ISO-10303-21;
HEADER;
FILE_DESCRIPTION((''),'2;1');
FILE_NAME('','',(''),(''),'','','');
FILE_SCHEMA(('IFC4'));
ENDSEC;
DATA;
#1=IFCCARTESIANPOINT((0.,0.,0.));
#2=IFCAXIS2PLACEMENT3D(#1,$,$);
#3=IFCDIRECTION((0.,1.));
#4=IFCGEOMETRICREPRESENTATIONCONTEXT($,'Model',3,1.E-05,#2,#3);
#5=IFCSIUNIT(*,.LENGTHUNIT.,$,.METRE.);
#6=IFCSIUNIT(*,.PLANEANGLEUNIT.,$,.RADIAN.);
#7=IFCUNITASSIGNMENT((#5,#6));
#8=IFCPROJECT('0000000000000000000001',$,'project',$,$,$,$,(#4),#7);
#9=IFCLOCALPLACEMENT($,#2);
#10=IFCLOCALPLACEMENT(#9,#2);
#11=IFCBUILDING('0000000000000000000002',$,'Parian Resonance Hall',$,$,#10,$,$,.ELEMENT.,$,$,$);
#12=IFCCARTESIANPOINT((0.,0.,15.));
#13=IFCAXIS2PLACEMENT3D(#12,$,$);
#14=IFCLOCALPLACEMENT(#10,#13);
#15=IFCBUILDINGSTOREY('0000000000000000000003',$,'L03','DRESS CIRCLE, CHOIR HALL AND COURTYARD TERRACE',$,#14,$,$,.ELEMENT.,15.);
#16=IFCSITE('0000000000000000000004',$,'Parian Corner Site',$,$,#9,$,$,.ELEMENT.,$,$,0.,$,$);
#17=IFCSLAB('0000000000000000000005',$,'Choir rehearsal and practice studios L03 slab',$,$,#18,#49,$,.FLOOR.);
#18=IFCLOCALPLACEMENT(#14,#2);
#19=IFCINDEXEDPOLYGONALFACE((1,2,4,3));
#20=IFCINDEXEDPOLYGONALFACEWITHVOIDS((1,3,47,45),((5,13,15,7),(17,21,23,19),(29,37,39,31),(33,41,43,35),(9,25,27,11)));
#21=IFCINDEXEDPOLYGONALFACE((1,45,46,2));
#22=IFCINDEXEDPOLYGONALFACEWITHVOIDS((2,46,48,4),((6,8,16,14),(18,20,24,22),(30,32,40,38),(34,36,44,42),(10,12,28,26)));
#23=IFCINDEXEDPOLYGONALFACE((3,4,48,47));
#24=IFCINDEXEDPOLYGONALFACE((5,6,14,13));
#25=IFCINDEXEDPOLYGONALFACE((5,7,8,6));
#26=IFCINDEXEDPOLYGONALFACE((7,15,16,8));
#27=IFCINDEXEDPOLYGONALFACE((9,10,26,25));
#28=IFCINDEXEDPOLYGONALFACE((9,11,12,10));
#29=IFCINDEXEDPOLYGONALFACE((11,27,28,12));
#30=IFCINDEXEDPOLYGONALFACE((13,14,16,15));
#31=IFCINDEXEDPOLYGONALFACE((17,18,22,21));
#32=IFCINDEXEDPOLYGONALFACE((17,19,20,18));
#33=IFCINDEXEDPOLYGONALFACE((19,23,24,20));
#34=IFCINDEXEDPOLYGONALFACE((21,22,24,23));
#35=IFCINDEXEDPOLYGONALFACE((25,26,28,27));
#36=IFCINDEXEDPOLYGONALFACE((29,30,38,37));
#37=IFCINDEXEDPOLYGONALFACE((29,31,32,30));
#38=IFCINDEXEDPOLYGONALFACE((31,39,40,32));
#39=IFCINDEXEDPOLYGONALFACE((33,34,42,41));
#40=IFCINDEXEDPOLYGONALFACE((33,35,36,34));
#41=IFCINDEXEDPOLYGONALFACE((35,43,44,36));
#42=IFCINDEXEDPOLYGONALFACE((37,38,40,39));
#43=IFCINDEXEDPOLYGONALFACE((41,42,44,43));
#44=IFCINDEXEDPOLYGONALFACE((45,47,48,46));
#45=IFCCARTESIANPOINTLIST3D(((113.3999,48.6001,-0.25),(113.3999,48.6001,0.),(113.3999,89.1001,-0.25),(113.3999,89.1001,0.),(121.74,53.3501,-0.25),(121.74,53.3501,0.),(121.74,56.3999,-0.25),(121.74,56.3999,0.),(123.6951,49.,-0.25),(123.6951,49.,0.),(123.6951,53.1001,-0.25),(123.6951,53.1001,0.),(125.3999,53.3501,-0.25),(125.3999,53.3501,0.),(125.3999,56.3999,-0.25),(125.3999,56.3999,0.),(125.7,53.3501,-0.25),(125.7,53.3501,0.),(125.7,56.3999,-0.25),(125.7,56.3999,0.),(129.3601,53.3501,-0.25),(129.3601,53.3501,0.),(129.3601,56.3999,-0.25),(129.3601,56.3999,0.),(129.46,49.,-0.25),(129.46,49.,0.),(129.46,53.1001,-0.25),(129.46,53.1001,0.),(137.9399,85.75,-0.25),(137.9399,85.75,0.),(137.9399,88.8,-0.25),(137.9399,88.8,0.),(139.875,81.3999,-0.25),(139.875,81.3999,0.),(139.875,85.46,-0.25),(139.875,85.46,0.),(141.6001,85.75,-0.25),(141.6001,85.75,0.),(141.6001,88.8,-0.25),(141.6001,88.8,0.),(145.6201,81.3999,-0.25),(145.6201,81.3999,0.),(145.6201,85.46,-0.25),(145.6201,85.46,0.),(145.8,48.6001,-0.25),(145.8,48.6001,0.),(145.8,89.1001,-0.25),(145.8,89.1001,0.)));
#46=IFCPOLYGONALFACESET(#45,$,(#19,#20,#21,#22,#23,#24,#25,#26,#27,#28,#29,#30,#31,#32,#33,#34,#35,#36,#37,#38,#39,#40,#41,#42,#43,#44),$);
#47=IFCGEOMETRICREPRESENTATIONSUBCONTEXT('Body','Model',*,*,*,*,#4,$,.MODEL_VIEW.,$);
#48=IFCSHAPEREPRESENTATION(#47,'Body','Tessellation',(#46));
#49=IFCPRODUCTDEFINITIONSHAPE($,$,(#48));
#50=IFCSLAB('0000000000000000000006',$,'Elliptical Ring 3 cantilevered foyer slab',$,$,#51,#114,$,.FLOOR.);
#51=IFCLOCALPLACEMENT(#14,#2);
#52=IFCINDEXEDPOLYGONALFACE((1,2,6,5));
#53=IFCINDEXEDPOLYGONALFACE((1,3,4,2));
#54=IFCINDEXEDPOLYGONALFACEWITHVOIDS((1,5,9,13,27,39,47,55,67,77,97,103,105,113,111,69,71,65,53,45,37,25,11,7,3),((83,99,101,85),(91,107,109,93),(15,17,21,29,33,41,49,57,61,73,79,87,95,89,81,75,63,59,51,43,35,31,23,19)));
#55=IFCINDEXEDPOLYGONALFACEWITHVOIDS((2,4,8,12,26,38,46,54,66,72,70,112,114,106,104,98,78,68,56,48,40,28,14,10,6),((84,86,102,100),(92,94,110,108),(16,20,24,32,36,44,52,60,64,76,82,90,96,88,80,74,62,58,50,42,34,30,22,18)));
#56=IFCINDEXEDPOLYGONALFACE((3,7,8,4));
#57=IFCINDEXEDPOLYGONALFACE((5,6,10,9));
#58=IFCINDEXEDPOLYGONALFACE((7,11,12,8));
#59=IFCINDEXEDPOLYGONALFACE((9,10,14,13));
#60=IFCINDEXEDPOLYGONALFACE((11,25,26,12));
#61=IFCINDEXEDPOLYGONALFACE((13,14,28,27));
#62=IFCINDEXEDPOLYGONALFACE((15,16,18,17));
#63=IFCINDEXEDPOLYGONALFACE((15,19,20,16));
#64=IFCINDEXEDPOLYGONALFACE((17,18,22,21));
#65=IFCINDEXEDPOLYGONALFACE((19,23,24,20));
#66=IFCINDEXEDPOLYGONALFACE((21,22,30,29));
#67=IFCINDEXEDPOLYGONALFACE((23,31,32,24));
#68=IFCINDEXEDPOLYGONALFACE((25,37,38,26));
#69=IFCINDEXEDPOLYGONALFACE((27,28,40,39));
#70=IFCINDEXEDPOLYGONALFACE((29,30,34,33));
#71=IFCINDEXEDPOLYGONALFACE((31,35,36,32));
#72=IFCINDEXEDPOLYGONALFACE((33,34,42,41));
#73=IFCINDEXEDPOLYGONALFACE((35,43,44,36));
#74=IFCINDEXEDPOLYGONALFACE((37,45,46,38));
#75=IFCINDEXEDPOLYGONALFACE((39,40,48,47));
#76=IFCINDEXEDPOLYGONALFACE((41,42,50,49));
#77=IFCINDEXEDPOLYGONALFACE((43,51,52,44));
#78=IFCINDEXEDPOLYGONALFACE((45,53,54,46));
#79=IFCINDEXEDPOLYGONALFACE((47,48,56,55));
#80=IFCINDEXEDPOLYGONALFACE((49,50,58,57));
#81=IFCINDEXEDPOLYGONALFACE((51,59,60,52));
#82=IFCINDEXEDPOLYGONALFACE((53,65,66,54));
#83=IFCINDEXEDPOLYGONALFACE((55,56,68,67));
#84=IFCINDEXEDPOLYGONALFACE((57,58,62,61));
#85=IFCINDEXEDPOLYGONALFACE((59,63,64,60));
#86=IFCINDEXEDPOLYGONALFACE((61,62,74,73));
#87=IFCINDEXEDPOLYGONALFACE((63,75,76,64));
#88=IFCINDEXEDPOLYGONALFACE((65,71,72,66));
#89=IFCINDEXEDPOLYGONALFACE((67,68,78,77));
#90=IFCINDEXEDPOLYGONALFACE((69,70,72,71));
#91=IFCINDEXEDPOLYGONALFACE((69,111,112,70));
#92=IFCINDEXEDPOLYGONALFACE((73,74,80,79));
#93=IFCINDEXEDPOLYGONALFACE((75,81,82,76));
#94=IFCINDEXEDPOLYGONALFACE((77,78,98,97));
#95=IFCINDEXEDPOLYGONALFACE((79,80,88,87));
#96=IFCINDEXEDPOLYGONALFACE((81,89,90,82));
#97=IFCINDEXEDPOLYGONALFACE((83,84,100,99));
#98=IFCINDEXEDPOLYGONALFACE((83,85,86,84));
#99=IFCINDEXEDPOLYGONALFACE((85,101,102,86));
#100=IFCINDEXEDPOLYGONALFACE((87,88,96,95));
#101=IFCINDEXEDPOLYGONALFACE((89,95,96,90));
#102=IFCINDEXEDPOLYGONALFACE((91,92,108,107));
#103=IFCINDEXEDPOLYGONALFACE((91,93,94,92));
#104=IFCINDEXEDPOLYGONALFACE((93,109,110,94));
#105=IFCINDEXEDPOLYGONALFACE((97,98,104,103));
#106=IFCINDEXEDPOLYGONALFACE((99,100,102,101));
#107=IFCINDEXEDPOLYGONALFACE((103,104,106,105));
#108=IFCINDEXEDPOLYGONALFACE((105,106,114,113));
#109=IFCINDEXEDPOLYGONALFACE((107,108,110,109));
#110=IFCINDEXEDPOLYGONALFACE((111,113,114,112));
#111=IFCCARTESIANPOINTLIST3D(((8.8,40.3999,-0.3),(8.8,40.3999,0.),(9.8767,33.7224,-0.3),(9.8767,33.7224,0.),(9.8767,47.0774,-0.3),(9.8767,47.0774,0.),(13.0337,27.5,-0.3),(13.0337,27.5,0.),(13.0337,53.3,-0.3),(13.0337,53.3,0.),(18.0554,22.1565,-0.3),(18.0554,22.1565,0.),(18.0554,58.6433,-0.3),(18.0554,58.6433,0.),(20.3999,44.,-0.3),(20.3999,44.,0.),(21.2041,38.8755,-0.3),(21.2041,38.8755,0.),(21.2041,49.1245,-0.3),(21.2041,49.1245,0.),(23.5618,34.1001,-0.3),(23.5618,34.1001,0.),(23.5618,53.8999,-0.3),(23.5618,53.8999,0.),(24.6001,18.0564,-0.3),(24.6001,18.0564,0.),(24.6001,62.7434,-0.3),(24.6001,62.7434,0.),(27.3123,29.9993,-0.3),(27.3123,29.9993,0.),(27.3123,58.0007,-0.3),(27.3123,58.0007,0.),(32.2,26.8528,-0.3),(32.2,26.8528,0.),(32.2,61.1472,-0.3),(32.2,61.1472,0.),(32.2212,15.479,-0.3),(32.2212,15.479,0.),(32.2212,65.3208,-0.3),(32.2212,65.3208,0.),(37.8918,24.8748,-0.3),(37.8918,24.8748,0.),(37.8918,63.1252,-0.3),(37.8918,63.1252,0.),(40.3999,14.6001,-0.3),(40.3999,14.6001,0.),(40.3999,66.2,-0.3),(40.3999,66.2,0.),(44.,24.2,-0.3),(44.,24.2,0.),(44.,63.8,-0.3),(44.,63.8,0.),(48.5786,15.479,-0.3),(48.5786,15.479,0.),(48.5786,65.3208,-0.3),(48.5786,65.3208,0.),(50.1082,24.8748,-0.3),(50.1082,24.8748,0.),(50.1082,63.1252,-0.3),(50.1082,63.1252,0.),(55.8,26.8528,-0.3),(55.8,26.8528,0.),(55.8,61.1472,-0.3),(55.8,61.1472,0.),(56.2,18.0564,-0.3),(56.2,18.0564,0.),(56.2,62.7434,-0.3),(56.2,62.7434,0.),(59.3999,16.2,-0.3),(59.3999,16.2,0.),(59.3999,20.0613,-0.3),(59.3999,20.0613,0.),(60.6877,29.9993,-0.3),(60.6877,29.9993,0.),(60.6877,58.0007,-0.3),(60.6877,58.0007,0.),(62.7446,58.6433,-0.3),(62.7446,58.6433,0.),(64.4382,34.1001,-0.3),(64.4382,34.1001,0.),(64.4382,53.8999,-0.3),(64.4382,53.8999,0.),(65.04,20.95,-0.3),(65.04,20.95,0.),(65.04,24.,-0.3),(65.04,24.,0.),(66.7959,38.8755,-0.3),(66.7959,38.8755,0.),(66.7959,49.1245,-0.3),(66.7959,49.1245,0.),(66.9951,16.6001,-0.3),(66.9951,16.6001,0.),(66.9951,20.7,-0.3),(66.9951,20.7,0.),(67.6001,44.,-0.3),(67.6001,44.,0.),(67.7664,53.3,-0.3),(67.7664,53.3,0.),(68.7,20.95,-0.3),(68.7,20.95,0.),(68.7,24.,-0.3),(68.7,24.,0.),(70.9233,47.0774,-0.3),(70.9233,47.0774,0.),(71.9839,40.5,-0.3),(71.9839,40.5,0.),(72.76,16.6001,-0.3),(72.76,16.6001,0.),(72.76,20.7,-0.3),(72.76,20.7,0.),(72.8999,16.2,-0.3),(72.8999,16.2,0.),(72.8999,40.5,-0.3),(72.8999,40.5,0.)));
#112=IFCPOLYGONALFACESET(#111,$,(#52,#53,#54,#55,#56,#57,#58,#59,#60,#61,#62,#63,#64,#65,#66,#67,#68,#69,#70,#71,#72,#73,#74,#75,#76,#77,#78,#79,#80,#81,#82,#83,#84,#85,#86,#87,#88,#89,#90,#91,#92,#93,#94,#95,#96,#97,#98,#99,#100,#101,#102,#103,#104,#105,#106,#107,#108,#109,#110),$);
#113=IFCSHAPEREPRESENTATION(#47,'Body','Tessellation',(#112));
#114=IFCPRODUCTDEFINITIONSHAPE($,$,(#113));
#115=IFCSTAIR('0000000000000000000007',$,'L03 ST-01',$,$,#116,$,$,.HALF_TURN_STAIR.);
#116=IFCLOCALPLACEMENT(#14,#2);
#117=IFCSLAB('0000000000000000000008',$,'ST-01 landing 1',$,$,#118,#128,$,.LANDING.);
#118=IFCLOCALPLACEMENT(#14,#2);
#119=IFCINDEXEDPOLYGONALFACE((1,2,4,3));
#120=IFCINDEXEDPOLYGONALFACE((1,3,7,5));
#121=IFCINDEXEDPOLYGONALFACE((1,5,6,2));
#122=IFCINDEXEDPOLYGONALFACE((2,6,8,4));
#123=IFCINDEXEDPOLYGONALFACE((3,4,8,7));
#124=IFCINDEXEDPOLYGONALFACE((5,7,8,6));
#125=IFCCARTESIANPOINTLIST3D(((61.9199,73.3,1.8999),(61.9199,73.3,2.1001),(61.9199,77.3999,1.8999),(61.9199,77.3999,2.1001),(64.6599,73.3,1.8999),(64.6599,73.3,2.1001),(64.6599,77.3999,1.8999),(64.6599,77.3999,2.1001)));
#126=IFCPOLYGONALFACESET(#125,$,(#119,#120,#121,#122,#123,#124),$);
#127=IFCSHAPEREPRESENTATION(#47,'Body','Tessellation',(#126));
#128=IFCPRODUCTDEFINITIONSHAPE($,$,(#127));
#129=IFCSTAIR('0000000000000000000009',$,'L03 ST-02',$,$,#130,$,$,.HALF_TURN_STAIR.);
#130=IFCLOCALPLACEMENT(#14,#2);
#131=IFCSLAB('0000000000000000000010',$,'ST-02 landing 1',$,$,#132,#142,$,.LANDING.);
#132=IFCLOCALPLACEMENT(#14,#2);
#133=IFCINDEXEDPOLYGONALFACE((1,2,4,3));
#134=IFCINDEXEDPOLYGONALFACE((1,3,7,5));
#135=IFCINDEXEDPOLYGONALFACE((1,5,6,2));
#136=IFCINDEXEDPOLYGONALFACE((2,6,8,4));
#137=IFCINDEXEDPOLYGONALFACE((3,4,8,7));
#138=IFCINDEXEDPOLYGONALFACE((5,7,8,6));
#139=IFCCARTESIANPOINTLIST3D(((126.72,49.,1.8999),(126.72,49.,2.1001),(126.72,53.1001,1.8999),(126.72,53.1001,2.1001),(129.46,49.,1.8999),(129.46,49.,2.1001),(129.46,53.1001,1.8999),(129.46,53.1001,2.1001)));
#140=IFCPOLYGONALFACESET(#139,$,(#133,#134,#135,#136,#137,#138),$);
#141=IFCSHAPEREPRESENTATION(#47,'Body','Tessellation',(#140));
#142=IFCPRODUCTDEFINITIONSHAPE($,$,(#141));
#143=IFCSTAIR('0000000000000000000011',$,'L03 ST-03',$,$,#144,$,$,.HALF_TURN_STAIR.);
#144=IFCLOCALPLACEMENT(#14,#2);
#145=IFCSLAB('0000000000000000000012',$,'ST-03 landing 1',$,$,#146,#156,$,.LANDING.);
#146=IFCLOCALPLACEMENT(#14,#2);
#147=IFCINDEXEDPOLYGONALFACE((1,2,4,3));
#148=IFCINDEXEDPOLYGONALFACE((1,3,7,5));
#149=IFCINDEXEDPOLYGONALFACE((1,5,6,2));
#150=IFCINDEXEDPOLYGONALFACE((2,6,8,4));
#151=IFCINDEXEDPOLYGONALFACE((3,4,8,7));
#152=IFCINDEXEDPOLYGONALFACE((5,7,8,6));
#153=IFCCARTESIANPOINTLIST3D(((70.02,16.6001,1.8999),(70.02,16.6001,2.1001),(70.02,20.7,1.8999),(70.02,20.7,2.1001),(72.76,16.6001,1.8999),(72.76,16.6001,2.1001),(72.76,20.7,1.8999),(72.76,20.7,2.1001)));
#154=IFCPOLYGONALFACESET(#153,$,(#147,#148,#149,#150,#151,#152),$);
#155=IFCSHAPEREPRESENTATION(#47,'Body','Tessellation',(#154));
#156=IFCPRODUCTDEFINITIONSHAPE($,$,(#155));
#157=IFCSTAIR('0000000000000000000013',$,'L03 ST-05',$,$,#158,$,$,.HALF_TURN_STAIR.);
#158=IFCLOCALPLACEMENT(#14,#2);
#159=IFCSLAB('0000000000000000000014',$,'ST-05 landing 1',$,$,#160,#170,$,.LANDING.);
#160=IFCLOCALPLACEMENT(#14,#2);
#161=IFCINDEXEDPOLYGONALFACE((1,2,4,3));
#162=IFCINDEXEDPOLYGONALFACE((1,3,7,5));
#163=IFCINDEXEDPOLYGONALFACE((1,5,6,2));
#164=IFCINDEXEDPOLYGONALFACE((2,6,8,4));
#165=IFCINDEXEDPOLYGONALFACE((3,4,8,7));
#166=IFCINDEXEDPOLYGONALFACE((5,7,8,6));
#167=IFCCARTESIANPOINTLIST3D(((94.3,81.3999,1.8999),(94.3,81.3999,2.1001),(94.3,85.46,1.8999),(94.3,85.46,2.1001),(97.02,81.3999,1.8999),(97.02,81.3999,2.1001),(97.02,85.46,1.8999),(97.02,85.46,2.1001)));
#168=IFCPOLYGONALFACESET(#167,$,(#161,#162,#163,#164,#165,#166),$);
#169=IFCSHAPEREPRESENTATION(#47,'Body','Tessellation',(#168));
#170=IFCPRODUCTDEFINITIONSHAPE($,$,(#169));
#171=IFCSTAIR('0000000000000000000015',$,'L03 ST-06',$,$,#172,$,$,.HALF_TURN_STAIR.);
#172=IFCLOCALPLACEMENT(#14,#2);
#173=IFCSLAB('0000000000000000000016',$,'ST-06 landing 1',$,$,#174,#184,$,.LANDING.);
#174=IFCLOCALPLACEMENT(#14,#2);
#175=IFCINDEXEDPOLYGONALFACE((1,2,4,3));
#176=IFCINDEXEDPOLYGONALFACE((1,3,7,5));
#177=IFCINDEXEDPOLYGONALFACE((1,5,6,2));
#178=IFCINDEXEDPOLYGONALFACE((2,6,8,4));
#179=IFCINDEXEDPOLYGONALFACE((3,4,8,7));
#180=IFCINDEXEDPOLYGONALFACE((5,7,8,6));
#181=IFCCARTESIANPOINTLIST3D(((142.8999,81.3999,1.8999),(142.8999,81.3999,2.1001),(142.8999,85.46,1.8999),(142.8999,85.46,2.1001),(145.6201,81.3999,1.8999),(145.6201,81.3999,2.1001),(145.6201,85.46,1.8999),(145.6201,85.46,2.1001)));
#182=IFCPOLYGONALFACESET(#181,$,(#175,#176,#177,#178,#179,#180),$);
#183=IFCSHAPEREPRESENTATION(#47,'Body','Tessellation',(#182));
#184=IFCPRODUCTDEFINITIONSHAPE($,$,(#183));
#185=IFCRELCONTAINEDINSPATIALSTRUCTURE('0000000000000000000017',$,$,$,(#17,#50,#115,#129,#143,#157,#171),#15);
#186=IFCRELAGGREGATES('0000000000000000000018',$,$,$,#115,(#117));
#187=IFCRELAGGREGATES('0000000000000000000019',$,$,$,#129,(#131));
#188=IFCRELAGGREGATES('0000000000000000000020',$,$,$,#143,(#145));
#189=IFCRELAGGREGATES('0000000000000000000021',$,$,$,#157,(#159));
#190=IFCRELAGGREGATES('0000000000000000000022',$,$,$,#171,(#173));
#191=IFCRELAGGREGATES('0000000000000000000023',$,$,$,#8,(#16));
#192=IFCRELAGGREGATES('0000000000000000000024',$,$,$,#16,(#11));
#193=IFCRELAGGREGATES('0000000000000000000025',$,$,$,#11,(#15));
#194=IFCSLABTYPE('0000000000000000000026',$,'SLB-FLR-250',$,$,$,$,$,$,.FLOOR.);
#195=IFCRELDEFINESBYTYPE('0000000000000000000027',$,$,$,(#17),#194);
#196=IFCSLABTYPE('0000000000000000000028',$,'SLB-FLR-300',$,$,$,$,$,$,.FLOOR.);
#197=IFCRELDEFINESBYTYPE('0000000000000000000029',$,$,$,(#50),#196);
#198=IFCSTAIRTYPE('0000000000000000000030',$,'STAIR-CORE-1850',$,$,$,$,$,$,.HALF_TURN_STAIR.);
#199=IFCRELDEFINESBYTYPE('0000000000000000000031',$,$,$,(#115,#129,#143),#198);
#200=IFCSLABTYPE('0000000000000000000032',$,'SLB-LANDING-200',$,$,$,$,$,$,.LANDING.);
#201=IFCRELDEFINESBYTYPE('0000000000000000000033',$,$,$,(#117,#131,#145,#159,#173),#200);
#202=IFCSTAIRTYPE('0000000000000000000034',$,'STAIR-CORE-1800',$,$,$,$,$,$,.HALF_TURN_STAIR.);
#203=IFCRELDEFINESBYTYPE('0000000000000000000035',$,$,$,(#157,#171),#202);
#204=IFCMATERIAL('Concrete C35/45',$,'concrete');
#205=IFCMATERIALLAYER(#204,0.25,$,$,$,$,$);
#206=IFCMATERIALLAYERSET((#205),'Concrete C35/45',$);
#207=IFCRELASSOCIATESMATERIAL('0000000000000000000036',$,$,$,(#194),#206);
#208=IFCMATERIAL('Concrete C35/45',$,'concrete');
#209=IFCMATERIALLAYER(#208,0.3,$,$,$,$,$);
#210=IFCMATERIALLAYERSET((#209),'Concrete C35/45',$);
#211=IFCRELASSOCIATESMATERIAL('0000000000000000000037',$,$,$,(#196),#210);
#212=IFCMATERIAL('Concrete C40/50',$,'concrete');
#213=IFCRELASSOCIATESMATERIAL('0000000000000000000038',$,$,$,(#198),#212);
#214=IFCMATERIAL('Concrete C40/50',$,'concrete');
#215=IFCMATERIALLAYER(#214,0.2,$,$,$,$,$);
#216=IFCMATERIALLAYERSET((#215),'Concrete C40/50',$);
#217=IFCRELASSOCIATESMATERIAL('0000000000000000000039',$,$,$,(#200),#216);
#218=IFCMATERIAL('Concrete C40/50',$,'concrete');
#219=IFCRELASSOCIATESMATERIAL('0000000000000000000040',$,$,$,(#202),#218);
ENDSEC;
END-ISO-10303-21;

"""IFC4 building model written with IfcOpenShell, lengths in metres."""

from ifc_helpers import new_model, si_unit, direction, frame, origin, place, context, subcontext, project, spatial, polyline, outline, extrude, material, layer, layer_set, type_object, element, aggregate, save


model = new_model("IFC4")

# Units and contexts
model_context = context("Model", 3, precision=1e-05, world=origin(), true_north=direction((0.0, 1.0)))
body_context = subcontext(model_context, "Body", "Model", "MODEL_VIEW")
ifc_project = project(units=[si_unit("LENGTHUNIT", "METRE"), si_unit("PLANEANGLEUNIT", "RADIAN")], contexts=[model_context])

# Site, building, storey
site_placement = place(None, origin())
site = spatial("IfcSite", under=ifc_project, at=site_placement, Name="Parian Corner Site", CompositionType="ELEMENT", RefElevation=0.0)
building_placement = place(site_placement, origin())
building = spatial("IfcBuilding", under=site, at=building_placement, Name="Parian Resonance Hall", CompositionType="ELEMENT")
storey_placement = place(building_placement, frame((0.0, 0.0, 15.0)))
storey = spatial("IfcBuildingStorey", under=building, at=storey_placement, Name="L03", Description="DRESS CIRCLE, CHOIR HALL AND COURTYARD TERRACE", CompositionType="ELEMENT", Elevation=15.0)

# Slabs
ifc_material_1 = material(Name="Concrete C35/45", Category="concrete")
ifc_layer_1 = layer(ifc_material_1, 0.25)
ifc_layer_set_1 = layer_set([ifc_layer_1], Name="Concrete C35/45")
slab_type_1 = type_object("IfcSlabType", Name="SLB-FLR-250", PredefinedType="FLOOR", material=ifc_layer_set_1)
slab_1_placement = place(storey_placement, frame((0.0, 0.0, -0.25)))
element("IfcSlab", 1, at=slab_1_placement, inside=storey, type_object=slab_type_1, Name="Choir rehearsal and practice studios L03 slab", PredefinedType="FLOOR", context=body_context, shape_type="SweptSolid", body=[
    extrude(outline(polyline([(113.3999, 48.6001), (145.8, 48.6001), (145.8, 89.1001), (113.3999, 89.1001), (113.3999, 48.6001)]), holes=[polyline([(129.46, 53.1001), (129.46, 49.0), (123.6951, 49.0), (123.6951, 53.1001), (129.46, 53.1001)]), polyline([(125.3999, 56.3999), (125.3999, 53.3501), (121.74, 53.3501), (121.74, 56.3999), (125.3999, 56.3999)]), polyline([(129.3601, 56.3999), (129.3601, 53.3501), (125.7, 53.3501), (125.7, 56.3999), (129.3601, 56.3999)]), polyline([(145.6201, 81.3999), (139.875, 81.3999), (139.875, 85.46), (145.6201, 85.46), (145.6201, 81.3999)]), polyline([(141.6001, 85.75), (137.9399, 85.75), (137.9399, 88.8), (141.6001, 88.8), (141.6001, 85.75)])]), origin(), (0.0, 0.0, 1.0), 0.25),
])
ifc_material_2 = material(Name="Concrete C35/45", Category="concrete")
ifc_layer_2 = layer(ifc_material_2, 0.3)
ifc_layer_set_2 = layer_set([ifc_layer_2], Name="Concrete C35/45")
slab_type_2 = type_object("IfcSlabType", Name="SLB-FLR-300", PredefinedType="FLOOR", material=ifc_layer_set_2)
slab_2_placement = place(storey_placement, frame((0.0, 0.0, -0.3)))
element("IfcSlab", 2, at=slab_2_placement, inside=storey, type_object=slab_type_2, Name="Elliptical Ring 3 cantilevered foyer slab", PredefinedType="FLOOR", context=body_context, shape_type="SweptSolid", body=[
    extrude(outline(polyline([(72.8999, 16.2), (72.8999, 40.5), (71.9839, 40.5), (70.9233, 47.0774), (67.7664, 53.3), (62.7446, 58.6433), (56.2, 62.7434), (48.5786, 65.3208), (40.3999, 66.2), (32.2212, 65.3208), (24.6001, 62.7434), (18.0554, 58.6433), (13.0337, 53.3), (9.8767, 47.0774), (8.8, 40.3999), (9.8767, 33.7224), (13.0337, 27.5), (18.0554, 22.1565), (24.6001, 18.0564), (32.2212, 15.479), (40.3999, 14.6001), (48.5786, 15.479), (56.2, 18.0564), (59.3999, 20.0613), (59.3999, 16.2), (72.8999, 16.2)]), holes=[polyline([(66.7959, 49.1245), (67.6001, 44.0), (66.7959, 38.8755), (64.4382, 34.1001), (60.6877, 29.9993), (55.8, 26.8528), (50.1082, 24.8748), (44.0, 24.2), (37.8918, 24.8748), (32.2, 26.8528), (27.3123, 29.9993), (23.5618, 34.1001), (21.2041, 38.8755), (20.3999, 44.0), (21.2041, 49.1245), (23.5618, 53.8999), (27.3123, 58.0007), (32.2, 61.1472), (37.8918, 63.1252), (44.0, 63.8), (50.1082, 63.1252), (55.8, 61.1472), (60.6877, 58.0007), (64.4382, 53.8999), (66.7959, 49.1245)]), polyline([(66.9951, 20.7), (72.76, 20.7), (72.76, 16.6001), (66.9951, 16.6001), (66.9951, 20.7)]), polyline([(65.04, 24.0), (68.7, 24.0), (68.7, 20.95), (65.04, 20.95), (65.04, 24.0)])]), origin(), (0.0, 0.0, 1.0), 0.3),
])

# Stairs, slabs
ifc_material_3 = material(Name="Concrete C40/50", Category="concrete")
stair_type_1 = type_object("IfcStairType", Name="STAIR-CORE-1850", PredefinedType="HALF_TURN_STAIR", material=ifc_material_3)
stair_1_placement = place(storey_placement, origin())
stair_1 = element("IfcStair", 3, at=stair_1_placement, inside=storey, type_object=stair_type_1, Name="L03 ST-01", PredefinedType="HALF_TURN_STAIR")
ifc_material_4 = material(Name="Concrete C40/50", Category="concrete")
ifc_layer_3 = layer(ifc_material_4, 0.2)
ifc_layer_set_3 = layer_set([ifc_layer_3], Name="Concrete C40/50")
slab_type_3 = type_object("IfcSlabType", Name="SLB-LANDING-200", PredefinedType="LANDING", material=ifc_layer_set_3)
slab_3_placement = place(storey_placement, frame((0.0, 0.0, 1.8999)))
slab_3 = element("IfcSlab", 4, at=slab_3_placement, type_object=slab_type_3, Name="ST-01 landing 1", PredefinedType="LANDING", context=body_context, shape_type="SweptSolid", body=[
    extrude(outline(polyline([(61.9199, 73.3), (64.6599, 73.3), (64.6599, 77.3999), (61.9199, 77.3999), (61.9199, 73.3)])), origin(), (0.0, 0.0, 1.0), 0.2002),
])
aggregate(stair_1, [slab_3])
stair_2_placement = place(storey_placement, origin())
stair_2 = element("IfcStair", 5, at=stair_2_placement, inside=storey, type_object=stair_type_1, Name="L03 ST-02", PredefinedType="HALF_TURN_STAIR")
slab_4_placement = place(storey_placement, frame((0.0, 0.0, 1.8999)))
slab_4 = element("IfcSlab", 6, at=slab_4_placement, type_object=slab_type_3, Name="ST-02 landing 1", PredefinedType="LANDING", context=body_context, shape_type="SweptSolid", body=[
    extrude(outline(polyline([(126.72, 49.0), (129.46, 49.0), (129.46, 53.1001), (126.72, 53.1001), (126.72, 49.0)])), origin(), (0.0, 0.0, 1.0), 0.2002),
])
aggregate(stair_2, [slab_4])
stair_3_placement = place(storey_placement, origin())
stair_3 = element("IfcStair", 7, at=stair_3_placement, inside=storey, type_object=stair_type_1, Name="L03 ST-03", PredefinedType="HALF_TURN_STAIR")
slab_5_placement = place(storey_placement, frame((0.0, 0.0, 1.8999)))
slab_5 = element("IfcSlab", 8, at=slab_5_placement, type_object=slab_type_3, Name="ST-03 landing 1", PredefinedType="LANDING", context=body_context, shape_type="SweptSolid", body=[
    extrude(outline(polyline([(70.02, 16.6001), (72.76, 16.6001), (72.76, 20.7), (70.02, 20.7), (70.02, 16.6001)])), origin(), (0.0, 0.0, 1.0), 0.2002),
])
aggregate(stair_3, [slab_5])
ifc_material_5 = material(Name="Concrete C40/50", Category="concrete")
stair_type_2 = type_object("IfcStairType", Name="STAIR-CORE-1800", PredefinedType="HALF_TURN_STAIR", material=ifc_material_5)
stair_4_placement = place(storey_placement, origin())
stair_4 = element("IfcStair", 9, at=stair_4_placement, inside=storey, type_object=stair_type_2, Name="L03 ST-05", PredefinedType="HALF_TURN_STAIR")
slab_6_placement = place(storey_placement, frame((0.0, 0.0, 1.8999)))
slab_6 = element("IfcSlab", 10, at=slab_6_placement, type_object=slab_type_3, Name="ST-05 landing 1", PredefinedType="LANDING", context=body_context, shape_type="SweptSolid", body=[
    extrude(outline(polyline([(94.3, 81.3999), (97.02, 81.3999), (97.02, 85.46), (94.3, 85.46), (94.3, 81.3999)])), origin(), (0.0, 0.0, 1.0), 0.2002),
])
aggregate(stair_4, [slab_6])
stair_5_placement = place(storey_placement, origin())
stair_5 = element("IfcStair", 11, at=stair_5_placement, inside=storey, type_object=stair_type_2, Name="L03 ST-06", PredefinedType="HALF_TURN_STAIR")
slab_7_placement = place(storey_placement, frame((0.0, 0.0, 1.8999)))
slab_7 = element("IfcSlab", 12, at=slab_7_placement, type_object=slab_type_3, Name="ST-06 landing 1", PredefinedType="LANDING", context=body_context, shape_type="SweptSolid", body=[
    extrude(outline(polyline([(142.8999, 81.3999), (145.6201, 81.3999), (145.6201, 85.46), (142.8999, 85.46), (142.8999, 81.3999)])), origin(), (0.0, 0.0, 1.0), 0.2002),
])
aggregate(stair_5, [slab_7])

save(model, "model.ifc")
